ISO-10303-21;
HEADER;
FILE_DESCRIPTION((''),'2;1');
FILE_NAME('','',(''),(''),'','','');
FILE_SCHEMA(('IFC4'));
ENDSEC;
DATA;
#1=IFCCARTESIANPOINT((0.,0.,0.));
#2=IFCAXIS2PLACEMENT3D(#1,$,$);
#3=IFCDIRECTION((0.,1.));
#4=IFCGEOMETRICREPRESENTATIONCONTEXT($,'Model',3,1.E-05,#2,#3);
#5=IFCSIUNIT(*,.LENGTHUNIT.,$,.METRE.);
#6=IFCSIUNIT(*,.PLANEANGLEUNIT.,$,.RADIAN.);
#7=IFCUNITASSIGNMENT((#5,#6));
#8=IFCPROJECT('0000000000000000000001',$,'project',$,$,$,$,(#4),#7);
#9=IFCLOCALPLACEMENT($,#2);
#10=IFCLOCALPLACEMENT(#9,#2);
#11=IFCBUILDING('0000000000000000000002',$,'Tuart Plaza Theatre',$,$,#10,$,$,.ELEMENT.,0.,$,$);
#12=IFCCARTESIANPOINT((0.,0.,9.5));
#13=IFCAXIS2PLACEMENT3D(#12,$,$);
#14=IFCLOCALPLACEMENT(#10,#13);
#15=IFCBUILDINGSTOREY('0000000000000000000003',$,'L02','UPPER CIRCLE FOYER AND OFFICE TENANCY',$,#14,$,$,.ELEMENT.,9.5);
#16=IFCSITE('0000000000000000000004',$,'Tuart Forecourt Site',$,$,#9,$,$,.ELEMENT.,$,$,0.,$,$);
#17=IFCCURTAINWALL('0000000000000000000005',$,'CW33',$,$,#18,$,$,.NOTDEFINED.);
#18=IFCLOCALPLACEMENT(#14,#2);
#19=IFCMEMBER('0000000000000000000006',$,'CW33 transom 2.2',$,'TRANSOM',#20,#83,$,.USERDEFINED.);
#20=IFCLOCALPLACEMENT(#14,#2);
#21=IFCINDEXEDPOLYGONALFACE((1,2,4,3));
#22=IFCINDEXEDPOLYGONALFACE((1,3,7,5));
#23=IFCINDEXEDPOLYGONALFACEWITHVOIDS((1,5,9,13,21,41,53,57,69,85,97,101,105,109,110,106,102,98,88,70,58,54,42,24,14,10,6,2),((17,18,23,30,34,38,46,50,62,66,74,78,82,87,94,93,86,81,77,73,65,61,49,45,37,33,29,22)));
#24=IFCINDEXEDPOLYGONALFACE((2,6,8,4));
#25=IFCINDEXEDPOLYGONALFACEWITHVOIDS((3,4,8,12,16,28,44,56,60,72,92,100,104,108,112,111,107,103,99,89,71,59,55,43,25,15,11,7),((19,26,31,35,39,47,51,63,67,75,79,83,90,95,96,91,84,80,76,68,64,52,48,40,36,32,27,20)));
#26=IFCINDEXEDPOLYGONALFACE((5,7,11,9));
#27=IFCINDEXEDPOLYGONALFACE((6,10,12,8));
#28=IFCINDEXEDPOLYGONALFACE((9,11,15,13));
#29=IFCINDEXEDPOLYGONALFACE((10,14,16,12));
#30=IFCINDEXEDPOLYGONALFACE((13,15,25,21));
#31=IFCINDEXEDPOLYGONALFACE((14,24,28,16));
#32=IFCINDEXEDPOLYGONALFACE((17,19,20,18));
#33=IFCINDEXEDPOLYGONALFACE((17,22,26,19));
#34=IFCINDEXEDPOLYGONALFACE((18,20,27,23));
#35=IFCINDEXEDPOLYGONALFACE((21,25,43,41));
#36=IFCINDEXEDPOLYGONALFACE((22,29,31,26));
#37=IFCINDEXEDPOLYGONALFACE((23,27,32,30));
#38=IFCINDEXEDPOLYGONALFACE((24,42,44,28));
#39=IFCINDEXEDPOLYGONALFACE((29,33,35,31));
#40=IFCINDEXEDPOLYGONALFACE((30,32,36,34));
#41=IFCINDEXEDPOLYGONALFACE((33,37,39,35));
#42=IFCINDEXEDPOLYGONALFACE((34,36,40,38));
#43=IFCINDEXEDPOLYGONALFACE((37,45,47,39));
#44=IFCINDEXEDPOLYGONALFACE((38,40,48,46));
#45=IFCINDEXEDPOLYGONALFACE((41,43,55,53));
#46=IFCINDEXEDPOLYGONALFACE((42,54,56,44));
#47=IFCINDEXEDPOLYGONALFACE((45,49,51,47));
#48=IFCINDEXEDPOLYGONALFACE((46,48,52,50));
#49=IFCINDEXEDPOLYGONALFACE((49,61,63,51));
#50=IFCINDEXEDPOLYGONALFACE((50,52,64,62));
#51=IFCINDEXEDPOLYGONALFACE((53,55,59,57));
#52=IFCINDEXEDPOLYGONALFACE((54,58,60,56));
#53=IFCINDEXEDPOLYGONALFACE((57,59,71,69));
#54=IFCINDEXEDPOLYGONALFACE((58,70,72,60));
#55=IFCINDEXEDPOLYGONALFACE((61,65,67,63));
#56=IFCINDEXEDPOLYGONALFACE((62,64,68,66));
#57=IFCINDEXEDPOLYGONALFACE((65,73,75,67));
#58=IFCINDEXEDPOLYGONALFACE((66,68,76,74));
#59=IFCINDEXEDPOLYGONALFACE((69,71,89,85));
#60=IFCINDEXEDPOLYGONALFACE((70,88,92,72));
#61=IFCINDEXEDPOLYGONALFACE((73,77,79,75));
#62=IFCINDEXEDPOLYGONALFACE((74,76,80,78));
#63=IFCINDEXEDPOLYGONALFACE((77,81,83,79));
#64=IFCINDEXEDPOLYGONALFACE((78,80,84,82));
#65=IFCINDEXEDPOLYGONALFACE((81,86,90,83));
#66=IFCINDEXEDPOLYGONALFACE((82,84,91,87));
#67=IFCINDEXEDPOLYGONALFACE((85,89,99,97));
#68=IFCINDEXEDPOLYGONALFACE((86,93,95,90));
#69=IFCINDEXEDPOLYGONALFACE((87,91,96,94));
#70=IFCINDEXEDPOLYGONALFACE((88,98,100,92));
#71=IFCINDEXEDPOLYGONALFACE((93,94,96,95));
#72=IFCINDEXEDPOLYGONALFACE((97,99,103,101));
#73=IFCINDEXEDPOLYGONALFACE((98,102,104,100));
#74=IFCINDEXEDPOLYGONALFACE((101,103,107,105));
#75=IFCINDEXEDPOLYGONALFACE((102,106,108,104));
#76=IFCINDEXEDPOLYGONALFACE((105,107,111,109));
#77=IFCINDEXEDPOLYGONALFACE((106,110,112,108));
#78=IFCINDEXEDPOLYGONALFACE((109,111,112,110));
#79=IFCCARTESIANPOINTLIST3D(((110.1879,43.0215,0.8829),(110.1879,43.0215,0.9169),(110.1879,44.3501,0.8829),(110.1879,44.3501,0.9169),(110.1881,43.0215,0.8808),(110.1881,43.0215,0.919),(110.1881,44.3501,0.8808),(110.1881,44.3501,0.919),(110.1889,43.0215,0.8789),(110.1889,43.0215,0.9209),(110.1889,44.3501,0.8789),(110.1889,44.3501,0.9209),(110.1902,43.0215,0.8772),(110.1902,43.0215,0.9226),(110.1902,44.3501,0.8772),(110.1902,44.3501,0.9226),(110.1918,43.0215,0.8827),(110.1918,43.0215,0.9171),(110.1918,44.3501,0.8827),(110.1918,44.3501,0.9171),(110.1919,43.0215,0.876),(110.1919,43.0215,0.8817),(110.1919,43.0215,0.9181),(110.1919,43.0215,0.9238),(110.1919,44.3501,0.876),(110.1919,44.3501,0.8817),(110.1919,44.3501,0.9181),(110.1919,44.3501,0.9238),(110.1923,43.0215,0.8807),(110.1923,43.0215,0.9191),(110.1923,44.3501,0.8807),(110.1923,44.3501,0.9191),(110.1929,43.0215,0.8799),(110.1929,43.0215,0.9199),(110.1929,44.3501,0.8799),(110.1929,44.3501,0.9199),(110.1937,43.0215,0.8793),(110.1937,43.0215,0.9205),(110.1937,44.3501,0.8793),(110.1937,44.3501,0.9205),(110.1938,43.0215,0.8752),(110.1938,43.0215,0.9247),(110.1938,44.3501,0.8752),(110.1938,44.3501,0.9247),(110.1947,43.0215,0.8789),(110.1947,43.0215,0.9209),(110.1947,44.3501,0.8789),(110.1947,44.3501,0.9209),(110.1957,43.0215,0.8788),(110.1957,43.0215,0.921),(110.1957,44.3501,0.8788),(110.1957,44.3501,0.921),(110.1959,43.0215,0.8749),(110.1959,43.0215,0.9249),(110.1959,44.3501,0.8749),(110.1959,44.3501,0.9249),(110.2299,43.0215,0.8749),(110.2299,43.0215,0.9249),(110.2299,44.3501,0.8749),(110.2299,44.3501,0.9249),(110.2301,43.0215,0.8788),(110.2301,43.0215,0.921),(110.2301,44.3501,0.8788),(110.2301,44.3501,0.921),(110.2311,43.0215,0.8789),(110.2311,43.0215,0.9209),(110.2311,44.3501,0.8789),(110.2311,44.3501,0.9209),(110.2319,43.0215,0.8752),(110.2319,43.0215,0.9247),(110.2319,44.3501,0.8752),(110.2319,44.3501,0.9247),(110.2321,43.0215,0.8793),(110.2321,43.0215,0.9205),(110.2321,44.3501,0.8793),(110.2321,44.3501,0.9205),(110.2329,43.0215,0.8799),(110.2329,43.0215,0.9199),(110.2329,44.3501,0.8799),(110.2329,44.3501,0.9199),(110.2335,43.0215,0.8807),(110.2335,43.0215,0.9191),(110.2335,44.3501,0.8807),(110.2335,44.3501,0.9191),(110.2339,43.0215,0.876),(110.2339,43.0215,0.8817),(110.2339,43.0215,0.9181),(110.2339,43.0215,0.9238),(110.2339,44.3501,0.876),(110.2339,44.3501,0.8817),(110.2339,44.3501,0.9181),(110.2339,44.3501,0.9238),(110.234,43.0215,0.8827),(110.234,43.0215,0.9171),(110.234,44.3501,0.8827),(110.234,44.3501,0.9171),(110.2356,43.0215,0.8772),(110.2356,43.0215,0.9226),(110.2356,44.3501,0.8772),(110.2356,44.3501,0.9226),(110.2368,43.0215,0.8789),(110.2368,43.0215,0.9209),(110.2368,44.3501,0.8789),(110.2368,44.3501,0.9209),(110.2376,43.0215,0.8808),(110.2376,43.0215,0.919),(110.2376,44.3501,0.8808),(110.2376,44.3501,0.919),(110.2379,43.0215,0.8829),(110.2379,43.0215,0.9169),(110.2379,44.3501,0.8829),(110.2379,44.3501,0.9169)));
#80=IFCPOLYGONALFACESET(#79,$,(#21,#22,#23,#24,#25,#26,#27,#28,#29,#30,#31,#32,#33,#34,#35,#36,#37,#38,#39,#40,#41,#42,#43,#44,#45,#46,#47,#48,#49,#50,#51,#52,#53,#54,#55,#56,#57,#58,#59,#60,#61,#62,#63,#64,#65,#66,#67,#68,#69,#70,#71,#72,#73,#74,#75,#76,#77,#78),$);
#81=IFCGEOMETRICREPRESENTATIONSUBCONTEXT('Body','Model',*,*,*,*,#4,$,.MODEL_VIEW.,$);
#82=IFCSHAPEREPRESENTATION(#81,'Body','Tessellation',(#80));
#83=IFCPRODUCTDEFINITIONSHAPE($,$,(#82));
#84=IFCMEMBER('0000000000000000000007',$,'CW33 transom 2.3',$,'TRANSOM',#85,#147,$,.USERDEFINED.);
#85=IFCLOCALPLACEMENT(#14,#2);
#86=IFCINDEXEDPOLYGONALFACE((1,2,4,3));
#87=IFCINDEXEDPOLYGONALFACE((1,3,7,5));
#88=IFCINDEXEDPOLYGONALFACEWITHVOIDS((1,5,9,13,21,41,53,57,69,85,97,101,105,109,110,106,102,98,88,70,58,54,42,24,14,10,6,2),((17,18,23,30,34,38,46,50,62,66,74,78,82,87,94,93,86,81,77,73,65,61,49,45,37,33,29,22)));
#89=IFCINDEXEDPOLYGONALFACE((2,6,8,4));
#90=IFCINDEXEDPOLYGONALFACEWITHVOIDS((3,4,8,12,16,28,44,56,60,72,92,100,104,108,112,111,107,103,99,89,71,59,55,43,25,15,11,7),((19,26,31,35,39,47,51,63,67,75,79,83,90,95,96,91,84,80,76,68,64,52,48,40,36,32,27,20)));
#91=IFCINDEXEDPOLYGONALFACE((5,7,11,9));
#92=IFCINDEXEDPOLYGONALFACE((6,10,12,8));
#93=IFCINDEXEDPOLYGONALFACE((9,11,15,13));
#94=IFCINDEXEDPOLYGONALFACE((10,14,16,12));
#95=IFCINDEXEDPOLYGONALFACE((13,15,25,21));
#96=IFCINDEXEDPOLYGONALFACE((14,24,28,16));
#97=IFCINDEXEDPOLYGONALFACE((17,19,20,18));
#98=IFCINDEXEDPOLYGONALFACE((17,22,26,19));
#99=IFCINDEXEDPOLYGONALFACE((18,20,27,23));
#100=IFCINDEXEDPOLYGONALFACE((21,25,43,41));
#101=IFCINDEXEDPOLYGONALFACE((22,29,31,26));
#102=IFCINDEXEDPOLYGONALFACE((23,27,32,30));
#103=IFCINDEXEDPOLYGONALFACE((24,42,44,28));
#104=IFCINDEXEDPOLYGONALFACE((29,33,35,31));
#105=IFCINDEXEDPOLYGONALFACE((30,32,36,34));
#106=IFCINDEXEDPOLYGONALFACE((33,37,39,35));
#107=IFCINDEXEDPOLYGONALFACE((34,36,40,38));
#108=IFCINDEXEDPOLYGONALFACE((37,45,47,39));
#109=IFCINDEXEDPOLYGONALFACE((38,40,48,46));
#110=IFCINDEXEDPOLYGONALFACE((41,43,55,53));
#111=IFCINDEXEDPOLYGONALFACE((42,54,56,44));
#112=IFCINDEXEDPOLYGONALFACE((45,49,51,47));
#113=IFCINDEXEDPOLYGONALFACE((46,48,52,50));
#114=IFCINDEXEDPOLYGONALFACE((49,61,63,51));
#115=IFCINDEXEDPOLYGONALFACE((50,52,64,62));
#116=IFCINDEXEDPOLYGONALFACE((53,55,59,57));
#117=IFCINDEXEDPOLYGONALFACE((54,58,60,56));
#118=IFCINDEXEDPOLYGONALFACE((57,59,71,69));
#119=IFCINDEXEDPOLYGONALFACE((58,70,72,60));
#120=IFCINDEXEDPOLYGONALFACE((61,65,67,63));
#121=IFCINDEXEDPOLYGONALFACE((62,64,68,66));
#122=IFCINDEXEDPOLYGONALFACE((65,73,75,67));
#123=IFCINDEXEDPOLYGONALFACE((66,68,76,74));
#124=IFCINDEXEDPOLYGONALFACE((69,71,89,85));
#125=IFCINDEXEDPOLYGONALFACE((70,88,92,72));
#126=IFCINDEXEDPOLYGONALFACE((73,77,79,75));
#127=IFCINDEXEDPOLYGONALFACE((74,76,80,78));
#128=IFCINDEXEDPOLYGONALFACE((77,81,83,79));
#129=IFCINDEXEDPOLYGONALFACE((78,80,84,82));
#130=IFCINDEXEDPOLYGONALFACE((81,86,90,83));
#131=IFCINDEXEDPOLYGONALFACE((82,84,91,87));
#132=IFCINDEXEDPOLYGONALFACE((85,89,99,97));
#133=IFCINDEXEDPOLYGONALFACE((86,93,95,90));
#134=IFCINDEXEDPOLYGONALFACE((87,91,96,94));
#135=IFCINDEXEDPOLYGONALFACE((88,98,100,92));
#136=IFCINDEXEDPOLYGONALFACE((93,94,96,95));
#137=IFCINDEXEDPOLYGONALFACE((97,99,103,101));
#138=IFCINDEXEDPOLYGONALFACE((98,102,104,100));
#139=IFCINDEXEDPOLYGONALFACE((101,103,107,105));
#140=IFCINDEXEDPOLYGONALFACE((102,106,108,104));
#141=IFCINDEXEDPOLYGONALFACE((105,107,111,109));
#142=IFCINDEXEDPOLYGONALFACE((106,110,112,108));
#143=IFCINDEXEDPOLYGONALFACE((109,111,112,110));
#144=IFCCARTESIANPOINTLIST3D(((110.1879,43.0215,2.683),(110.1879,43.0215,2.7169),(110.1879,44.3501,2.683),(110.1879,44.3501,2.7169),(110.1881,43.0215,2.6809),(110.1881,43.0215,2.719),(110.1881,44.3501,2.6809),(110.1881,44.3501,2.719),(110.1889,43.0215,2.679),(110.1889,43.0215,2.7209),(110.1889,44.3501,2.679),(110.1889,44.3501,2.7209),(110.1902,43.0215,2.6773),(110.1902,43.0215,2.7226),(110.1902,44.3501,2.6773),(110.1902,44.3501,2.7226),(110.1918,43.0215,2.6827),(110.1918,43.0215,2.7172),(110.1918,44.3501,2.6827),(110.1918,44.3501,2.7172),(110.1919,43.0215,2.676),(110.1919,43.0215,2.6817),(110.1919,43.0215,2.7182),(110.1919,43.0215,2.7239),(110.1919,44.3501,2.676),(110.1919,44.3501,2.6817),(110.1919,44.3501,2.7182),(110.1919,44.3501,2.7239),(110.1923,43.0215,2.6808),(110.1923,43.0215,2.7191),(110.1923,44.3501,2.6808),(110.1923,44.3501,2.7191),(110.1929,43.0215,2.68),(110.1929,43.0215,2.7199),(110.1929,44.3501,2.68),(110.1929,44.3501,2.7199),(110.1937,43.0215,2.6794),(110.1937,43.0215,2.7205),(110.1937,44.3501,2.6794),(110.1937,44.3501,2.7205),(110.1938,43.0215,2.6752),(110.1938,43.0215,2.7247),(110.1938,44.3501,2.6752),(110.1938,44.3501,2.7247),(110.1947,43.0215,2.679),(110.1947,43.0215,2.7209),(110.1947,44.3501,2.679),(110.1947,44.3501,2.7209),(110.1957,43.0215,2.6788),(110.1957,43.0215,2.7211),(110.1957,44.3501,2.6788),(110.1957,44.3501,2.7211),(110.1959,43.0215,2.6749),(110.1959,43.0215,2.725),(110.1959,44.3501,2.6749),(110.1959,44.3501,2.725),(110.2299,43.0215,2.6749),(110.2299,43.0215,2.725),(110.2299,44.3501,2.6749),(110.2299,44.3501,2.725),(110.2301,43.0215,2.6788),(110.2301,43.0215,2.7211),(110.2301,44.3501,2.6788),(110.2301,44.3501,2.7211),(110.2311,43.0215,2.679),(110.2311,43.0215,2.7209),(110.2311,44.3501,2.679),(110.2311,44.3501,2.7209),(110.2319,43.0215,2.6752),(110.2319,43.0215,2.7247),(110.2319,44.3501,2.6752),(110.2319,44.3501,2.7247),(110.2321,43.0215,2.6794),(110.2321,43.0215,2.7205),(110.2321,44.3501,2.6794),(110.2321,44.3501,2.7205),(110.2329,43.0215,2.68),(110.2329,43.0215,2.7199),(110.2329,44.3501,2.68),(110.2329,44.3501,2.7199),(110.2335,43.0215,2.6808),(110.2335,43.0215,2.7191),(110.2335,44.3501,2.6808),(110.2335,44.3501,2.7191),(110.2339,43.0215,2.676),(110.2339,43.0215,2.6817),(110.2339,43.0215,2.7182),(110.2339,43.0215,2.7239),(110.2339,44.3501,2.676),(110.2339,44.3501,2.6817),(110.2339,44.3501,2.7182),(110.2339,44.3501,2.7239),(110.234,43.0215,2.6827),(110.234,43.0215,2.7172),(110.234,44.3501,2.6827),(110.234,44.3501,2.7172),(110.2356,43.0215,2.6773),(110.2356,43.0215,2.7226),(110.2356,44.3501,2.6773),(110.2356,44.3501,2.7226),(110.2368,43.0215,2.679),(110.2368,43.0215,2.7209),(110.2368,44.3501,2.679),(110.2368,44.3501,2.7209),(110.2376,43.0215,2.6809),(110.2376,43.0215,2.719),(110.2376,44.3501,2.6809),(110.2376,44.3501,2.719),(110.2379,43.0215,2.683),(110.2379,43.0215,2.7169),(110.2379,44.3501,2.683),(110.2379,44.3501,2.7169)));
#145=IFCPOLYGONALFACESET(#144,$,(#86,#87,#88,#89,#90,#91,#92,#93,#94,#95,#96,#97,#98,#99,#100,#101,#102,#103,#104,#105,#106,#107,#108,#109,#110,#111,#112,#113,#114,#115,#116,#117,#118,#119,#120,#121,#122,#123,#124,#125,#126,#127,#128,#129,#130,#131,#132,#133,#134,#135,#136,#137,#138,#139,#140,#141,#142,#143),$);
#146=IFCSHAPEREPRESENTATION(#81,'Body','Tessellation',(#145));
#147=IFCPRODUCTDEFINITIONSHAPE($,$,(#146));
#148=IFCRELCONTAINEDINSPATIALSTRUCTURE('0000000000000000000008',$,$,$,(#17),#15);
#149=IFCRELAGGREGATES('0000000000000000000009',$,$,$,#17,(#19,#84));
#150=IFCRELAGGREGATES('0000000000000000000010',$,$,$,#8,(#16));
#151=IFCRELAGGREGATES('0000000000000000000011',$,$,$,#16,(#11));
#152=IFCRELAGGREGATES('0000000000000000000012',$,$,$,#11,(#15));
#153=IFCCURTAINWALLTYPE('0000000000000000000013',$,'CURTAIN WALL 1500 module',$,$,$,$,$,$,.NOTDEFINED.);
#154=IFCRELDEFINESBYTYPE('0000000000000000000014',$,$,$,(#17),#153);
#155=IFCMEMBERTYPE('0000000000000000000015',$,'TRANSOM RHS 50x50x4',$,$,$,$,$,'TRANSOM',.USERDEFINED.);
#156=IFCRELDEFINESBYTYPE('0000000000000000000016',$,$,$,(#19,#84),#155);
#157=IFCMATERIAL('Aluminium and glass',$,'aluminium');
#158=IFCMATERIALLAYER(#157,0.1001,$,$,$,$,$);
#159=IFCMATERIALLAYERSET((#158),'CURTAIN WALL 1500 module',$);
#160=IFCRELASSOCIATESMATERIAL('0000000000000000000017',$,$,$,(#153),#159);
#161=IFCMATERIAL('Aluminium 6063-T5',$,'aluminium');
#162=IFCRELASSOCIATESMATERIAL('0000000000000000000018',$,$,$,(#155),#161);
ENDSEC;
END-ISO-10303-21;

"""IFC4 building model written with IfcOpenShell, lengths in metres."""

from ifc_helpers import new_model, si_unit, direction, frame, origin, origin_2d, place, context, subcontext, project, spatial, hollow_rectangle, extrude, material, layer, layer_set, material_profile, profile_set, type_object, element, aggregate, save


model = new_model("IFC4")

# Units and contexts
model_context = context("Model", 3, precision=1e-05, world=origin(), true_north=direction((0.0, 1.0)))
body_context = subcontext(model_context, "Body", "Model", "MODEL_VIEW")
ifc_project = project(units=[si_unit("LENGTHUNIT", "METRE"), si_unit("PLANEANGLEUNIT", "RADIAN")], contexts=[model_context])

# Site, building, storey
site_placement = place(None, origin())
site = spatial("IfcSite", under=ifc_project, at=site_placement, Name="Tuart Forecourt Site", CompositionType="ELEMENT", RefElevation=0.0)
building_placement = place(site_placement, origin())
building = spatial("IfcBuilding", under=site, at=building_placement, Name="Tuart Plaza Theatre", CompositionType="ELEMENT", ElevationOfRefHeight=0.0)
storey_placement = place(building_placement, frame((0.0, 0.0, 9.5)))
storey = spatial("IfcBuildingStorey", under=building, at=storey_placement, Name="L02", Description="UPPER CIRCLE FOYER AND OFFICE TENANCY", CompositionType="ELEMENT", Elevation=9.5)

# Shared definitions
ifc_material_1 = material(Name="Aluminium and glass", Category="aluminium")
ifc_layer_1 = layer(ifc_material_1, 0.1001)
ifc_layer_set_1 = layer_set([ifc_layer_1], Name="CURTAIN WALL 1500 module")
curtain_wall_type = type_object("IfcCurtainWallType", Name="CURTAIN WALL 1500 module", PredefinedType="NOTDEFINED", material=ifc_layer_set_1)

# Curtain wall
curtain_wall_1_placement = place(storey_placement, origin())
curtain_wall_1 = element("IfcCurtainWall", 1, at=curtain_wall_1_placement, inside=storey, type_object=curtain_wall_type, Name="CW33", PredefinedType="NOTDEFINED")

# Members
ifc_material_2 = material(Name="Aluminium 6063-T5", Category="aluminium")
ifc_material_profile_1 = material_profile(ifc_material_2, hollow_rectangle(XDim=0.05, YDim=0.05, WallThickness=0.0039, InnerFilletRadius=0.0039, OuterFilletRadius=0.0081, at=origin_2d()), Name="RHS 50x50x4")
ifc_profile_set_1 = profile_set([ifc_material_profile_1], Name="Aluminium 6063-T5")
member_type_1 = type_object("IfcMemberType", Name="TRANSOM RHS 50x50x4", ElementType="TRANSOM", PredefinedType="USERDEFINED", material=ifc_profile_set_1)
member_1_placement = place(storey_placement, frame((110.2129, 43.0215, 0.8999), z_axis=(0.0, 1.0, 0.0), x_axis=(-1.0, 0.0, 0.0)))
member_1 = element("IfcMember", 2, at=member_1_placement, type_object=member_type_1, Name="CW33 transom 2.2", ObjectType="TRANSOM", PredefinedType="USERDEFINED", context=body_context, shape_type="SweptSolid", body=[
    extrude(hollow_rectangle(XDim=0.05, YDim=0.05, WallThickness=0.0039, InnerFilletRadius=0.0039, OuterFilletRadius=0.0081, at=origin_2d()), origin(), (0.0, 0.0, 1.0), 1.3286),
])
member_2_placement = place(storey_placement, frame((110.2129, 43.0215, 2.7), z_axis=(0.0, 1.0, 0.0), x_axis=(-1.0, 0.0, 0.0)))
member_2 = element("IfcMember", 3, at=member_2_placement, type_object=member_type_1, Name="CW33 transom 2.3", ObjectType="TRANSOM", PredefinedType="USERDEFINED", context=body_context, shape_type="SweptSolid", body=[
    extrude(hollow_rectangle(XDim=0.05, YDim=0.05, WallThickness=0.0039, InnerFilletRadius=0.0039, OuterFilletRadius=0.0081, at=origin_2d()), origin(), (0.0, 0.0, 1.0), 1.3286),
])

aggregate(curtain_wall_1, [member_1, member_2])

save(model, "model.ifc")
